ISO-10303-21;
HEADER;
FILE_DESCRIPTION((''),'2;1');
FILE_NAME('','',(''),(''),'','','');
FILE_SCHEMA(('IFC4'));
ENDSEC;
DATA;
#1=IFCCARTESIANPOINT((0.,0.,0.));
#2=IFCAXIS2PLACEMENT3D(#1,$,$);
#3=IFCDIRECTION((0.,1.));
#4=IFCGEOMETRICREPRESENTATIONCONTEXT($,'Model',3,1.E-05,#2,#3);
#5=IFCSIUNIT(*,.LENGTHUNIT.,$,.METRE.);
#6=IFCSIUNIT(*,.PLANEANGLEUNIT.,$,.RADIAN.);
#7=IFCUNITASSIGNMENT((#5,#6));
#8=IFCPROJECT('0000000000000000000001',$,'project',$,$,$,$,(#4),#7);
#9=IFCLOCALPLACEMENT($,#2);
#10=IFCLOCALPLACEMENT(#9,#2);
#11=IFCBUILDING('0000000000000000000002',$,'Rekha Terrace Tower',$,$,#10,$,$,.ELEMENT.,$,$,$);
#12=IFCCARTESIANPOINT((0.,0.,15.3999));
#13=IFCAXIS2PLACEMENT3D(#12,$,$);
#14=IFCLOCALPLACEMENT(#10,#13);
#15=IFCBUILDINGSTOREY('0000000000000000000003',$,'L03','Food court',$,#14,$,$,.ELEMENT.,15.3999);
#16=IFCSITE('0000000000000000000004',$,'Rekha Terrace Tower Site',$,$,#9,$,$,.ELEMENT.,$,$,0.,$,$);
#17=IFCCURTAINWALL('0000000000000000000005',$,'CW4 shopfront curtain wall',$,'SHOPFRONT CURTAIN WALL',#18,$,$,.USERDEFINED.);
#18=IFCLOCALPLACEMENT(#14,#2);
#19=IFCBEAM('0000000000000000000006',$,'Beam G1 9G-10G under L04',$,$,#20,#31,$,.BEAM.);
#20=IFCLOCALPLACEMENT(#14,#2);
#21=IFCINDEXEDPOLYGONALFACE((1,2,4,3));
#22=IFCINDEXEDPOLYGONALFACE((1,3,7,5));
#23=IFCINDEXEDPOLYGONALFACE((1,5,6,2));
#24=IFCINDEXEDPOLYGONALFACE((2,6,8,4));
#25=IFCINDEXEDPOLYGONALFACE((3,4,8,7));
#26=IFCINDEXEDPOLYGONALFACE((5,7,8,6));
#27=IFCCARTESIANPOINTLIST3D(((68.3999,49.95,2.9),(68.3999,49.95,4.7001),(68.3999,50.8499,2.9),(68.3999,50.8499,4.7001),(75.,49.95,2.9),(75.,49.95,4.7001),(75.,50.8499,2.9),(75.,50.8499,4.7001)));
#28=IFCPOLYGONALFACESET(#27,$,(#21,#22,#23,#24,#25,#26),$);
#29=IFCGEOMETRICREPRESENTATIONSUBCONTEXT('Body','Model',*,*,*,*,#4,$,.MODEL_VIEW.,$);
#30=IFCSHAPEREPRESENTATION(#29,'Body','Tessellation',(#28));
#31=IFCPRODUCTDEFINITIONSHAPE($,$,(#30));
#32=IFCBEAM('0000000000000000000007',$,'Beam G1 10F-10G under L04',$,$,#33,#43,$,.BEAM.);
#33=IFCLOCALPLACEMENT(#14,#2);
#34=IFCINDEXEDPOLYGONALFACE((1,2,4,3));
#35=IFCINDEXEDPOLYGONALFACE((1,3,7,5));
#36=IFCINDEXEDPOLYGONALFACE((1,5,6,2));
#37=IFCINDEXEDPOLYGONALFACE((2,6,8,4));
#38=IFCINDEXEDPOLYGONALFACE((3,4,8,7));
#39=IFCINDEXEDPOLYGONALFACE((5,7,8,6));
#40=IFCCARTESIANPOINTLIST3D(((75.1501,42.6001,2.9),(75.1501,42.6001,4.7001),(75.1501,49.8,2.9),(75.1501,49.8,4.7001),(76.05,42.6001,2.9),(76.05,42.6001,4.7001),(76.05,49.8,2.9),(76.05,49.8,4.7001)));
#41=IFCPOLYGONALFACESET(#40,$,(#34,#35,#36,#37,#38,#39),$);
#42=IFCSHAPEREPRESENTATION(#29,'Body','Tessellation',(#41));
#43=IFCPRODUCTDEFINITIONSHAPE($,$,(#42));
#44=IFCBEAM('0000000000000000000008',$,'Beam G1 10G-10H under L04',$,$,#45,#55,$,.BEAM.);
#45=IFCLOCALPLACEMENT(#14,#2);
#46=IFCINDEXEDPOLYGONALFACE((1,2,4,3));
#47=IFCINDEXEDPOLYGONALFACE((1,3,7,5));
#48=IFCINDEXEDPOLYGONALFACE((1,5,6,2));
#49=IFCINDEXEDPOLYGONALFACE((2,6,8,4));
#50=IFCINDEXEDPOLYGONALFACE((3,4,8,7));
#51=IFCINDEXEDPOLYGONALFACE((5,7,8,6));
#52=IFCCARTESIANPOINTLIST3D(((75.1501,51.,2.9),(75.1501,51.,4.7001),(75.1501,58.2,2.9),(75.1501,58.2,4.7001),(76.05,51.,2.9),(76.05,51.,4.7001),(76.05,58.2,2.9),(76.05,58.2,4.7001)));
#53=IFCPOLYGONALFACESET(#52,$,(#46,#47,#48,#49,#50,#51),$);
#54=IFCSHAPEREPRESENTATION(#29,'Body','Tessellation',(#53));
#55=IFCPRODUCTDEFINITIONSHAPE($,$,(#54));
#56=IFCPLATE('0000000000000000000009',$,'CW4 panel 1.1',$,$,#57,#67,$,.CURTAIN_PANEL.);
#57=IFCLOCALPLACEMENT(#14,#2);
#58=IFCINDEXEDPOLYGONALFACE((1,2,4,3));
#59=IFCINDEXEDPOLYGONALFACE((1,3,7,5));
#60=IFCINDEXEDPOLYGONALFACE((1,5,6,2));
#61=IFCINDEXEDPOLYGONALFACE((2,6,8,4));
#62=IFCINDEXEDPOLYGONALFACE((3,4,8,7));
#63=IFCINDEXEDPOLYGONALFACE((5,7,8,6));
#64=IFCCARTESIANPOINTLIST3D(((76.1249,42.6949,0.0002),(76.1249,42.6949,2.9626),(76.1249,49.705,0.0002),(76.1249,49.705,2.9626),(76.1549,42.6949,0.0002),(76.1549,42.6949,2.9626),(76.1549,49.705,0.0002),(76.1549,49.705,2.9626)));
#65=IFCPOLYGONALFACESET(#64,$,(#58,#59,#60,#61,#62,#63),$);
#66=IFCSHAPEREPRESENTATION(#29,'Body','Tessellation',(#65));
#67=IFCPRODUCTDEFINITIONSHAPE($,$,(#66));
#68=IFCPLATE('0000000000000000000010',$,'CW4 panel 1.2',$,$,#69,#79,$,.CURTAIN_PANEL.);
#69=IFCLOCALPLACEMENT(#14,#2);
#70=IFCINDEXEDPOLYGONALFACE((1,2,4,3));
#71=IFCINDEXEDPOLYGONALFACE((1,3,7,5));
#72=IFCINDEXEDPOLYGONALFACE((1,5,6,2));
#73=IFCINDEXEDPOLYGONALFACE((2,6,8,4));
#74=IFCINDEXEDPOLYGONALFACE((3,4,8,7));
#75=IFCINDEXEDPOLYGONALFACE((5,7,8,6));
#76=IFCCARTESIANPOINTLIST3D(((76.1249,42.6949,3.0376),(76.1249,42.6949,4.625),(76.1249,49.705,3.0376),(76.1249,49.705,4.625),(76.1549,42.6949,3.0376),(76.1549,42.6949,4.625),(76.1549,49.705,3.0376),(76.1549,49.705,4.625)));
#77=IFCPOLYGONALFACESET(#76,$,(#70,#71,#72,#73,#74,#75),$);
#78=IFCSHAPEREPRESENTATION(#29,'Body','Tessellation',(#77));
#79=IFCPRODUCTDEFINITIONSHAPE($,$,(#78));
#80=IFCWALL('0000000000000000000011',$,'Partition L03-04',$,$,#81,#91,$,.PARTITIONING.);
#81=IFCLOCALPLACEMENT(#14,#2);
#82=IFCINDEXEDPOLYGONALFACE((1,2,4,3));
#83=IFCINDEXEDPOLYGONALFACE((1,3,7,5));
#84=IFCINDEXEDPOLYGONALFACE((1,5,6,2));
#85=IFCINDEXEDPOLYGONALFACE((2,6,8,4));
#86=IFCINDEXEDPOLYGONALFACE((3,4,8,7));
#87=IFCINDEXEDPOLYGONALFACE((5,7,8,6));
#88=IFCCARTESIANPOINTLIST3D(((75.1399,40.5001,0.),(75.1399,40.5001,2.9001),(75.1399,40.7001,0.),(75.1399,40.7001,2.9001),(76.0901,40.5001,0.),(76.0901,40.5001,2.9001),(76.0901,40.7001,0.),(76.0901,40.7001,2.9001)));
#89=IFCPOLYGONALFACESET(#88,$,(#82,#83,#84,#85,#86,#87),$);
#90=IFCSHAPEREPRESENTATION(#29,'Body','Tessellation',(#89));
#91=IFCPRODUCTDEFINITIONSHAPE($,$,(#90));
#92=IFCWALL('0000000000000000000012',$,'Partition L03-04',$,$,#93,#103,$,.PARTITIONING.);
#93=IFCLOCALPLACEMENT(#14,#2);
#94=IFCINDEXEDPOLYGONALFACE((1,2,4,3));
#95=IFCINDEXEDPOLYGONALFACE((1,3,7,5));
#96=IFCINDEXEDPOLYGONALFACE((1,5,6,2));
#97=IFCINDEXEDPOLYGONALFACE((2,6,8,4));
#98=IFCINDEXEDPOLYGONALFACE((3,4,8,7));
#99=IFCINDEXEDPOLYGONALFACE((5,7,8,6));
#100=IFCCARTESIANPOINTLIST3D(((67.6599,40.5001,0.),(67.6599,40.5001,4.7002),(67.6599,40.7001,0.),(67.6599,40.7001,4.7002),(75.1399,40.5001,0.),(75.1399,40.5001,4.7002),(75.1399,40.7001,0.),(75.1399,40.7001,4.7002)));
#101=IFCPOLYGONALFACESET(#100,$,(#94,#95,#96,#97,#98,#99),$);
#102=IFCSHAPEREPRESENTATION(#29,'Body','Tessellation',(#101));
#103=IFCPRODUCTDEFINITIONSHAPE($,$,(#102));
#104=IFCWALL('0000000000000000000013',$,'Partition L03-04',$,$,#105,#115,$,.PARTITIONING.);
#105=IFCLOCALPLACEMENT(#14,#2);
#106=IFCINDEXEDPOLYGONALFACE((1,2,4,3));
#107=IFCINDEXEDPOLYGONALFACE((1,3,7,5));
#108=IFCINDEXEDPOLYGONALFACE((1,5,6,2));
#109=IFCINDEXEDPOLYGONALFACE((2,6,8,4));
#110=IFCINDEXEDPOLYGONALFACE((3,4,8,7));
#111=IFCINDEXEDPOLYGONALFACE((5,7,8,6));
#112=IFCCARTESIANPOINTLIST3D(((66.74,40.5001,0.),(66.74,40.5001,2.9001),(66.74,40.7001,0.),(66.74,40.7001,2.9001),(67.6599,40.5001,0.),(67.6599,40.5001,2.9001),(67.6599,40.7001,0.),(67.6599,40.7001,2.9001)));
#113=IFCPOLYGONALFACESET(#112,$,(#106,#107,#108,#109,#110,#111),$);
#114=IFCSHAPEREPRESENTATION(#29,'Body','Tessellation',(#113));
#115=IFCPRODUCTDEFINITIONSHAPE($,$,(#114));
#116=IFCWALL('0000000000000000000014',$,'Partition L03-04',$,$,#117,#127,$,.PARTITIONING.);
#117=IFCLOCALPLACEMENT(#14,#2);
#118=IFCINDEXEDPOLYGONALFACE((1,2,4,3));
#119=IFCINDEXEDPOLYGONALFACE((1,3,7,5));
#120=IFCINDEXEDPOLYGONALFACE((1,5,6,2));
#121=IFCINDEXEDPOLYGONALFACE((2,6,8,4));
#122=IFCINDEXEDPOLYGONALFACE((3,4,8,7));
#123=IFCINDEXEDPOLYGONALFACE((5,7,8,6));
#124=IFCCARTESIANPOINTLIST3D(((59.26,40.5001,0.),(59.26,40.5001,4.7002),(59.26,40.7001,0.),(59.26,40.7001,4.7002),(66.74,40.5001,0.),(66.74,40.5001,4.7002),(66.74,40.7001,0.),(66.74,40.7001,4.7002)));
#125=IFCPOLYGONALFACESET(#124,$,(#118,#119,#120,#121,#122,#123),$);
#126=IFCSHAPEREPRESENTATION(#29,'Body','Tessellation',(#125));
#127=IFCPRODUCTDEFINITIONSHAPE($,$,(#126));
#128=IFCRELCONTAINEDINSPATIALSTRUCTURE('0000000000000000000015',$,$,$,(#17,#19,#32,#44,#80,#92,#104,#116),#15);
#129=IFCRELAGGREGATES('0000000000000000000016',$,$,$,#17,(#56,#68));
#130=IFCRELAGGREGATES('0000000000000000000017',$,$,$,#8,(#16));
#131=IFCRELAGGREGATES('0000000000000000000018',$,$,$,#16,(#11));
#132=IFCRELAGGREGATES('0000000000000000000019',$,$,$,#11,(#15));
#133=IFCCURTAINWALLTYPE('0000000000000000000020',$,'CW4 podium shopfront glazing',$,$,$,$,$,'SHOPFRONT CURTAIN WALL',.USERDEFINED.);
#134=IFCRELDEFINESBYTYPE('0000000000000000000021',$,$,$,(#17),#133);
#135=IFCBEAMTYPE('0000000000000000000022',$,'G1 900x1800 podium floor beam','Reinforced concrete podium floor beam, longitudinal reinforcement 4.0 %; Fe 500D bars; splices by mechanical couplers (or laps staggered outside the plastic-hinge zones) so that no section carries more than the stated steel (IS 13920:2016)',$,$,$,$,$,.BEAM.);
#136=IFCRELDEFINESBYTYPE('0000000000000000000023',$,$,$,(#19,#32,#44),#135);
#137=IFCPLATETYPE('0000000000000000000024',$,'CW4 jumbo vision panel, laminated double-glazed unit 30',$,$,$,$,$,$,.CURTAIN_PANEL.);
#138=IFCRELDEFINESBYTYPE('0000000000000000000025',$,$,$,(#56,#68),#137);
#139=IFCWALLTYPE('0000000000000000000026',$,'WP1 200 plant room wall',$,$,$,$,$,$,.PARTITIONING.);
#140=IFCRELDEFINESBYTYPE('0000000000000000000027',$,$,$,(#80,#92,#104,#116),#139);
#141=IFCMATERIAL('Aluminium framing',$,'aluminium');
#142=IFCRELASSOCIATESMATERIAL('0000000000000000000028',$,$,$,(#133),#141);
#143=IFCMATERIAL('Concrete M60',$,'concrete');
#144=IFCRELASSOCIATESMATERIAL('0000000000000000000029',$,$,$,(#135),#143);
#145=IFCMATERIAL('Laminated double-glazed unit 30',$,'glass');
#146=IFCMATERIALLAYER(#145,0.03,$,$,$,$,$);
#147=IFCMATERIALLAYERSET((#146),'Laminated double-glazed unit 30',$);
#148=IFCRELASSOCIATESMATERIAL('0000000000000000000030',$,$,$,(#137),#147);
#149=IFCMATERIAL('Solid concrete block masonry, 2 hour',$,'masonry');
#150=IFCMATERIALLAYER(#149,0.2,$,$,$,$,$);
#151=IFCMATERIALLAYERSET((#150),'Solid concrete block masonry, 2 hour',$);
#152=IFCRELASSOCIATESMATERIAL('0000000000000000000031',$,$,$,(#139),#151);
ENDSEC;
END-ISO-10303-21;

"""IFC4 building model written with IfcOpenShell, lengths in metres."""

from ifc_helpers import new_model, si_unit, direction, frame, frame_2d, origin, origin_2d, place, context, subcontext, project, spatial, rectangle, extrude, material, layer, layer_set, material_profile, profile_set, type_object, element, aggregate, save


model = new_model("IFC4")

# Units and contexts
model_context = context("Model", 3, precision=1e-05, world=origin(), true_north=direction((0.0, 1.0)))
body_context = subcontext(model_context, "Body", "Model", "MODEL_VIEW")
ifc_project = project(units=[si_unit("LENGTHUNIT", "METRE"), si_unit("PLANEANGLEUNIT", "RADIAN")], contexts=[model_context])

# Site, building, storey
site_placement = place(None, origin())
site = spatial("IfcSite", under=ifc_project, at=site_placement, Name="Rekha Terrace Tower Site", CompositionType="ELEMENT", RefElevation=0.0)
building_placement = place(site_placement, origin())
building = spatial("IfcBuilding", under=site, at=building_placement, Name="Rekha Terrace Tower", CompositionType="ELEMENT")
storey_placement = place(building_placement, frame((0.0, 0.0, 15.3999)))
storey = spatial("IfcBuildingStorey", under=building, at=storey_placement, Name="L03", Description="Food court", CompositionType="ELEMENT", Elevation=15.3999)

# Shared definitions
ifc_material_1 = material(Name="Concrete M60", Category="concrete")

# Shared definitions
ifc_material_2 = material(Name="Aluminium framing", Category="aluminium")
curtain_wall_type = type_object("IfcCurtainWallType", Name="CW4 podium shopfront glazing", ElementType="SHOPFRONT CURTAIN WALL", PredefinedType="USERDEFINED", material=ifc_material_2)

# Curtain wall
curtain_wall_1_placement = place(storey_placement, origin())
curtain_wall_1 = element("IfcCurtainWall", 1, at=curtain_wall_1_placement, inside=storey, type_object=curtain_wall_type, Name="CW4 shopfront curtain wall", ObjectType="SHOPFRONT CURTAIN WALL", PredefinedType="USERDEFINED")

# Beams
ifc_material_profile_1 = material_profile(ifc_material_1, rectangle(XDim=0.8999, YDim=1.8, at=origin_2d()), Name="RC 900x1800")
ifc_profile_set_1 = profile_set([ifc_material_profile_1], Name="Concrete M60")
beam_type = type_object("IfcBeamType", Name="G1 900x1800 podium floor beam", Description="Reinforced concrete podium floor beam, longitudinal reinforcement 4.0 %; Fe 500D bars; splices by mechanical couplers (or laps staggered outside the plastic-hinge zones) so that no section carries more than the stated steel (IS 13920:2016)", PredefinedType="BEAM", material=ifc_profile_set_1)
beam_1_placement = place(storey_placement, frame((68.3999, 50.3999, 3.8), z_axis=(1.0, 0.0, 0.0), x_axis=(0.0, 1.0, 0.0)))
element("IfcBeam", 2, at=beam_1_placement, inside=storey, type_object=beam_type, Name="Beam G1 9G-10G under L04", PredefinedType="BEAM", context=body_context, shape_type="SweptSolid", body=[
    extrude(rectangle(XDim=0.8999, YDim=1.8, at=origin_2d()), origin(), (0.0, 0.0, 1.0), 6.6001),
])
for number, where, z_axis, x_axis, name in (
    (3, (75.6001, 42.6001, 3.8), (0.0, 1.0, 0.0), (-1.0, 0.0, 0.0), "Beam G1 10F-10G under L04"),
    (4, (75.6001, 51.0, 3.8), (0.0, 1.0, 0.0), (-1.0, 0.0, 0.0), "Beam G1 10G-10H under L04"),
):
    element("IfcBeam", number, at=place(storey_placement, frame(where, z_axis=z_axis, x_axis=x_axis)), inside=storey, type_object=beam_type, Name=name, PredefinedType="BEAM", context=body_context, shape_type="SweptSolid", body=[
        extrude(rectangle(XDim=0.8999, YDim=1.8, at=origin_2d()), origin(), (0.0, 0.0, 1.0), 7.2),
    ])

# Plates
ifc_material_3 = material(Name="Laminated double-glazed unit 30", Category="glass")
ifc_layer_1 = layer(ifc_material_3, 0.03)
ifc_layer_set_1 = layer_set([ifc_layer_1], Name="Laminated double-glazed unit 30")
plate_type = type_object("IfcPlateType", Name="CW4 jumbo vision panel, laminated double-glazed unit 30", PredefinedType="CURTAIN_PANEL", material=ifc_layer_set_1)
plate_1_placement = place(storey_placement, frame((76.1399, 46.2, 0.0002), z_axis=(0.0, 0.0, 1.0), x_axis=(0.0, 1.0, 0.0)))
plate_1 = element("IfcPlate", 5, at=plate_1_placement, type_object=plate_type, Name="CW4 panel 1.1", PredefinedType="CURTAIN_PANEL", context=body_context, shape_type="SweptSolid", body=[
    extrude(rectangle(XDim=7.01, YDim=0.03, at=origin_2d()), origin(), (0.0, 0.0, 1.0), 2.9624),
])
plate_2_placement = place(storey_placement, frame((76.1399, 46.2, 3.0376), z_axis=(0.0, 0.0, 1.0), x_axis=(0.0, 1.0, 0.0)))
plate_2 = element("IfcPlate", 6, at=plate_2_placement, type_object=plate_type, Name="CW4 panel 1.2", PredefinedType="CURTAIN_PANEL", context=body_context, shape_type="SweptSolid", body=[
    extrude(rectangle(XDim=7.01, YDim=0.03, at=origin_2d()), origin(), (0.0, 0.0, 1.0), 1.5874),
])
aggregate(curtain_wall_1, [plate_1, plate_2])

# Walls
ifc_material_4 = material(Name="Solid concrete block masonry, 2 hour", Category="masonry")
ifc_layer_2 = layer(ifc_material_4, 0.2)
ifc_layer_set_2 = layer_set([ifc_layer_2], Name="Solid concrete block masonry, 2 hour")
wall_type = type_object("IfcWallType", Name="WP1 200 plant room wall", PredefinedType="PARTITIONING", material=ifc_layer_set_2)
wall_1_placement = place(storey_placement, frame((76.0901, 40.6001, 0.0), z_axis=(0.0, 0.0, 1.0), x_axis=(-1.0, 0.0, 0.0)))
element("IfcWall", 7, at=wall_1_placement, inside=storey, type_object=wall_type, Name="Partition L03-04", PredefinedType="PARTITIONING", context=body_context, shape_type="SweptSolid", body=[
    extrude(rectangle(XDim=0.9502, YDim=0.2, at=frame_2d((0.4751, 0.0))), origin(), (0.0, 0.0, 1.0), 2.9001),
])
wall_2_placement = place(storey_placement, frame((75.1399, 40.6001, 0.0), z_axis=(0.0, 0.0, 1.0), x_axis=(-1.0, 0.0, 0.0)))
element("IfcWall", 8, at=wall_2_placement, inside=storey, type_object=wall_type, Name="Partition L03-04", PredefinedType="PARTITIONING", context=body_context, shape_type="SweptSolid", body=[
    extrude(rectangle(XDim=7.48, YDim=0.2, at=frame_2d((3.74, 0.0))), origin(), (0.0, 0.0, 1.0), 4.7002),
])
wall_3_placement = place(storey_placement, frame((67.6599, 40.6001, 0.0), z_axis=(0.0, 0.0, 1.0), x_axis=(-1.0, 0.0, 0.0)))
element("IfcWall", 9, at=wall_3_placement, inside=storey, type_object=wall_type, Name="Partition L03-04", PredefinedType="PARTITIONING", context=body_context, shape_type="SweptSolid", body=[
    extrude(rectangle(XDim=0.9199, YDim=0.2, at=frame_2d((0.46, 0.0))), origin(), (0.0, 0.0, 1.0), 2.9001),
])
wall_4_placement = place(storey_placement, frame((66.74, 40.6001, 0.0), z_axis=(0.0, 0.0, 1.0), x_axis=(-1.0, 0.0, 0.0)))
element("IfcWall", 10, at=wall_4_placement, inside=storey, type_object=wall_type, Name="Partition L03-04", PredefinedType="PARTITIONING", context=body_context, shape_type="SweptSolid", body=[
    extrude(rectangle(XDim=7.48, YDim=0.2, at=frame_2d((3.74, 0.0))), origin(), (0.0, 0.0, 1.0), 4.7002),
])

save(model, "model.ifc")
